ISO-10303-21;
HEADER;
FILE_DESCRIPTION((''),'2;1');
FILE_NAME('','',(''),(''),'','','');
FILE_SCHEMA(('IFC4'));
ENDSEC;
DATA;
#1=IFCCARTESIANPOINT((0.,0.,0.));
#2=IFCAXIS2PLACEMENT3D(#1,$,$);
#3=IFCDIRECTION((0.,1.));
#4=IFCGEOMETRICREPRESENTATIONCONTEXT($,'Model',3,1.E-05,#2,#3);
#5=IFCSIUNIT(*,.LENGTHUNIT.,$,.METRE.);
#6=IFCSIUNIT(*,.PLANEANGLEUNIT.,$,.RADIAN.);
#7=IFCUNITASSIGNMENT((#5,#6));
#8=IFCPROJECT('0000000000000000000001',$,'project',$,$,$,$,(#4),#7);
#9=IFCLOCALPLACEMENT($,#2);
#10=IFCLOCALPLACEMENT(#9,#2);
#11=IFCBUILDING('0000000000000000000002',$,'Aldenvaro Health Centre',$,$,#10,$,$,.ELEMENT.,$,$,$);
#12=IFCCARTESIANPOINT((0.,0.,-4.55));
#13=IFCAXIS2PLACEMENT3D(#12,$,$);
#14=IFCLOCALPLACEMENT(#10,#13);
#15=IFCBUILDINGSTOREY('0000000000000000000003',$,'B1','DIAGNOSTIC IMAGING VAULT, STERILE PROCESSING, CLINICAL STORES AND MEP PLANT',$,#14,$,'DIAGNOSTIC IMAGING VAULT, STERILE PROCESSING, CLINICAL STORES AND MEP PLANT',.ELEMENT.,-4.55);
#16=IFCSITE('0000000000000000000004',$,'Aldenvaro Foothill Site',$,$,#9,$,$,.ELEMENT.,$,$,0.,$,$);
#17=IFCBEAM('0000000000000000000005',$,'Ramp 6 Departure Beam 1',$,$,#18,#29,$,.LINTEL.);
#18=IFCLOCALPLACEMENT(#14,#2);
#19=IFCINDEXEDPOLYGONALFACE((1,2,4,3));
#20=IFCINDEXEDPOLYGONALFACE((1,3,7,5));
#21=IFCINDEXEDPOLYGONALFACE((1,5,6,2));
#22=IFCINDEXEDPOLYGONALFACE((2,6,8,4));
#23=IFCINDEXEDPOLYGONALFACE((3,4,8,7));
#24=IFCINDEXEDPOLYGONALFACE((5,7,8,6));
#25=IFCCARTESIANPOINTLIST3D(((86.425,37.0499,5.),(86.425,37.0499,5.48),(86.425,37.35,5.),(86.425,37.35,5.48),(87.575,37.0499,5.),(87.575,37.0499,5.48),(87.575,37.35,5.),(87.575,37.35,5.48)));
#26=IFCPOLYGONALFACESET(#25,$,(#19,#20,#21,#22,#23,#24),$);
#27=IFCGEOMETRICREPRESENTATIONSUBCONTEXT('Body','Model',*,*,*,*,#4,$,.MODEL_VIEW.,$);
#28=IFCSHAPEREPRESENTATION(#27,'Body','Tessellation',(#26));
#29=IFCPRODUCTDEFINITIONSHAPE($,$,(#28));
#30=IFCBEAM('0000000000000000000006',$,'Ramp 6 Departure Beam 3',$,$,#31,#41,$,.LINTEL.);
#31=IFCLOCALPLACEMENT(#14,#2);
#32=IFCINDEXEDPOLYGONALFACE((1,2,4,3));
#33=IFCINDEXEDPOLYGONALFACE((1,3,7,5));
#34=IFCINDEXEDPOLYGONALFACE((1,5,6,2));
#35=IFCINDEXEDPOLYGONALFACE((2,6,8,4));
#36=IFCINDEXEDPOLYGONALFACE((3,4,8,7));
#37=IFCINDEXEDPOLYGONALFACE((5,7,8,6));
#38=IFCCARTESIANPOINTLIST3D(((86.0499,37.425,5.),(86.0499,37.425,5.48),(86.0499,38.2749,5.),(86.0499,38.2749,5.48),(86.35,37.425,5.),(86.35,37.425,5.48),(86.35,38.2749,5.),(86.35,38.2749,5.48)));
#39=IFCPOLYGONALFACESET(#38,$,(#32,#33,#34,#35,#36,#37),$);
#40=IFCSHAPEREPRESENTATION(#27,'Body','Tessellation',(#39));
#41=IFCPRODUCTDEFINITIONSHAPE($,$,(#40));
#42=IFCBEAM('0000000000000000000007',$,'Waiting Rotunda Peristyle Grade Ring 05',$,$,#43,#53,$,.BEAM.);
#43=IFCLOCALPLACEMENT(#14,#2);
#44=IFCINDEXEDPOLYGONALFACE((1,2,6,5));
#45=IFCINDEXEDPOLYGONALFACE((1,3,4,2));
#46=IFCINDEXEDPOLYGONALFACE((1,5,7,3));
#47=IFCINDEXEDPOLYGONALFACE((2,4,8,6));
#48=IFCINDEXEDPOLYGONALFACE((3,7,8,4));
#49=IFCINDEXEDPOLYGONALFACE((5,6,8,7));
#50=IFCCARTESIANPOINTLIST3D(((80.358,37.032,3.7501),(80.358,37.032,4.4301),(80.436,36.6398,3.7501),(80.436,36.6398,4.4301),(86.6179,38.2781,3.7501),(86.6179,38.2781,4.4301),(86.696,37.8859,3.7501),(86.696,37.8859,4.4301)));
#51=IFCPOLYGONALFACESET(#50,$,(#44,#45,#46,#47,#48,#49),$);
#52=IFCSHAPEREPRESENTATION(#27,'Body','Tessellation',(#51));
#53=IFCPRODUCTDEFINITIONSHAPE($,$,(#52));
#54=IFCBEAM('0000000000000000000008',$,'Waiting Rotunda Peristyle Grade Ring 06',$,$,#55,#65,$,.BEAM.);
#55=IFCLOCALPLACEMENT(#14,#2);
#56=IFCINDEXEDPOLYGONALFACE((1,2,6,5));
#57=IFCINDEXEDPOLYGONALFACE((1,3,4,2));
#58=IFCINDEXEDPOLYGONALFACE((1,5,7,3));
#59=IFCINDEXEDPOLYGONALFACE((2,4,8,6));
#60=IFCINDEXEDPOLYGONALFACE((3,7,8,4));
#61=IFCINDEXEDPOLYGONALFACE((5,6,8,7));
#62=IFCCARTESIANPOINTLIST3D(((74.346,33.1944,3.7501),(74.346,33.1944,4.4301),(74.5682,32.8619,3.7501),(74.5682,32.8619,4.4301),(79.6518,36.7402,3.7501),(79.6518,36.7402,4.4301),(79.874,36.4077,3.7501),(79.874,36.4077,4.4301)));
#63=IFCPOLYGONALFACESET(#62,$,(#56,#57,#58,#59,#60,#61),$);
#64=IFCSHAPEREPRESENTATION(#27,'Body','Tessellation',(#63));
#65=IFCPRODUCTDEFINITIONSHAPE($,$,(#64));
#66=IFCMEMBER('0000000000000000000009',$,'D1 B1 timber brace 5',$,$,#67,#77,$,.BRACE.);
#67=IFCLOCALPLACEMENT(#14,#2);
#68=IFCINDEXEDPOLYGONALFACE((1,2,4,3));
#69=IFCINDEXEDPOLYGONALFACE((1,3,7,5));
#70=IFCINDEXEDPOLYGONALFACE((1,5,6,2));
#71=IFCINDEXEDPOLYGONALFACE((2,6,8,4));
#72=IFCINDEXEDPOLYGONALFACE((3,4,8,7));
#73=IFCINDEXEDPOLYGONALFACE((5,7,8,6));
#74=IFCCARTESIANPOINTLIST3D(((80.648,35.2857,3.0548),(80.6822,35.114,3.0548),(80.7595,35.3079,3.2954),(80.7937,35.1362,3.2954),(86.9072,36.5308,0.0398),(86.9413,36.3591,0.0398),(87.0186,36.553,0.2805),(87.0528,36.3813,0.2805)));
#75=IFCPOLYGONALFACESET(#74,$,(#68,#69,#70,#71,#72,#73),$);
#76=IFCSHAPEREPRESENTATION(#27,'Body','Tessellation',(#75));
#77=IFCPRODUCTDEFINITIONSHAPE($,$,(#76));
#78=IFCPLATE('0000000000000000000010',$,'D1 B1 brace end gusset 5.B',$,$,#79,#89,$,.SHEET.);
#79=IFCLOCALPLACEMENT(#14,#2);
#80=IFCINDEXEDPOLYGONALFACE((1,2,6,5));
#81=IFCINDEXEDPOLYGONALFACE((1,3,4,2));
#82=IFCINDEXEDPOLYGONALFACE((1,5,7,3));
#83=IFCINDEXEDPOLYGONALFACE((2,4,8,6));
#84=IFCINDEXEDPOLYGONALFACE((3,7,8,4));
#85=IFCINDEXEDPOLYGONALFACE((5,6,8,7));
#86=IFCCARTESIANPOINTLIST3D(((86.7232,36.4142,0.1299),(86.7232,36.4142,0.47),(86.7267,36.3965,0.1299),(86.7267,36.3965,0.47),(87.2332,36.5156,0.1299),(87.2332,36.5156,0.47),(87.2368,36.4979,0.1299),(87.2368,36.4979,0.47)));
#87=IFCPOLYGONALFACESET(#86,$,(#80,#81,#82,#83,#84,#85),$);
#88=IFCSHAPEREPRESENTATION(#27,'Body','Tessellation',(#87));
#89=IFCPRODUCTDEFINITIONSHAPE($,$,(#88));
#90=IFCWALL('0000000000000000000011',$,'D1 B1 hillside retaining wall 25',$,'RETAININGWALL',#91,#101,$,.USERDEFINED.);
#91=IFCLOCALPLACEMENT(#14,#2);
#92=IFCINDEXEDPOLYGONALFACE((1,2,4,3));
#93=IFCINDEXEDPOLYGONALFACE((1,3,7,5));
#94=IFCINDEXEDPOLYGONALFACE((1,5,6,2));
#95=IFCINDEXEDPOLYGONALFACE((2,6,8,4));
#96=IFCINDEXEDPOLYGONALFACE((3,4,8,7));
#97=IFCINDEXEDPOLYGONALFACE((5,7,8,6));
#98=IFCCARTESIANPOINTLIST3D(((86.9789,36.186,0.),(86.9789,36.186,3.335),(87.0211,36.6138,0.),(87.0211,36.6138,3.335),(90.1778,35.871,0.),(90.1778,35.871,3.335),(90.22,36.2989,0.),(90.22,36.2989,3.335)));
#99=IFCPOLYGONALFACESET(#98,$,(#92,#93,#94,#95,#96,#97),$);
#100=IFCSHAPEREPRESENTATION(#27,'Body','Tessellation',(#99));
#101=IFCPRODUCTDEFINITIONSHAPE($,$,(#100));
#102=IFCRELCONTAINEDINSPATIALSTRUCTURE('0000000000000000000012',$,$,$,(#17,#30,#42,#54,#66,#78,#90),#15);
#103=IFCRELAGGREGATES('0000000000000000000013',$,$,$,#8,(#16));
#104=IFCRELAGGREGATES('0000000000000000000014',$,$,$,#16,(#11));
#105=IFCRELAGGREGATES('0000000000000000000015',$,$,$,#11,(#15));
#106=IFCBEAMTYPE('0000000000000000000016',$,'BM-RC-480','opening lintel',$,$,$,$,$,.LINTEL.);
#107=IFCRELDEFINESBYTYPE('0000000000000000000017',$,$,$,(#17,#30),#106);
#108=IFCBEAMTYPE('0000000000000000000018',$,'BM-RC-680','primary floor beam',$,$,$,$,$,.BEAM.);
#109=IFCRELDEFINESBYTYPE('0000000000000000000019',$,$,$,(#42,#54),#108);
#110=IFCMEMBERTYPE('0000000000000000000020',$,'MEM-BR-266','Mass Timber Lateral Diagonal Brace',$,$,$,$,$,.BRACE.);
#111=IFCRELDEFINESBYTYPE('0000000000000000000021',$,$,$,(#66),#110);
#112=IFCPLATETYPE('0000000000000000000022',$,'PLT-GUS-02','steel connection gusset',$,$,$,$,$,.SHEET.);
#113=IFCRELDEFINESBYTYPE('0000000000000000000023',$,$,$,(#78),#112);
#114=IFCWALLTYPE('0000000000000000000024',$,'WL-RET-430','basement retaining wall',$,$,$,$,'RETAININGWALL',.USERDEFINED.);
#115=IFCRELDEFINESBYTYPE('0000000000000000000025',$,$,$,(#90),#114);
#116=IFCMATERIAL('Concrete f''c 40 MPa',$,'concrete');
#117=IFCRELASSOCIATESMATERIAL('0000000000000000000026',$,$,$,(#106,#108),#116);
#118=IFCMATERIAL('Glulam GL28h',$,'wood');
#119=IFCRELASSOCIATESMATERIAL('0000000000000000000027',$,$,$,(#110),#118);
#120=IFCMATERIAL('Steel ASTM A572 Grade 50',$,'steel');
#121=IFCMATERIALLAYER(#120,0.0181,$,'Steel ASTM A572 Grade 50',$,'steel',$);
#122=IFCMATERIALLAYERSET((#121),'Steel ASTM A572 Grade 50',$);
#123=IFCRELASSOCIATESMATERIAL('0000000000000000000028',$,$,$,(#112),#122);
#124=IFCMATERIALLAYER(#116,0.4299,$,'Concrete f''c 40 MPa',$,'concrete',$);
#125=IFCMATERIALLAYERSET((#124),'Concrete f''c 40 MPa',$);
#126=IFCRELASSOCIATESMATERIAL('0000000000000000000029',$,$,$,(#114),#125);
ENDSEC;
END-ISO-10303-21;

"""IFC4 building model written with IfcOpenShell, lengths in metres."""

from ifc_helpers import new_model, si_unit, direction, frame, frame_2d, origin, origin_2d, place, context, subcontext, project, spatial, rectangle, extrude, material, layer, layer_set, material_profile, profile_set, type_object, element, save


model = new_model("IFC4")

# Units and contexts
model_context = context("Model", 3, precision=1e-05, world=origin(), true_north=direction((0.0, 1.0)))
body_context = subcontext(model_context, "Body", "Model", "MODEL_VIEW")
ifc_project = project(units=[si_unit("LENGTHUNIT", "METRE"), si_unit("PLANEANGLEUNIT", "RADIAN")], contexts=[model_context])

# Site, building, storey
site_placement = place(None, origin())
site = spatial("IfcSite", under=ifc_project, at=site_placement, Name="Aldenvaro Foothill Site", CompositionType="ELEMENT", RefElevation=0.0)
building_placement = place(site_placement, origin())
building = spatial("IfcBuilding", under=site, at=building_placement, Name="Aldenvaro Health Centre", CompositionType="ELEMENT")
storey_placement = place(building_placement, frame((0.0, 0.0, -4.55)))
storey = spatial("IfcBuildingStorey", under=building, at=storey_placement, Name="B1", Description="DIAGNOSTIC IMAGING VAULT, STERILE PROCESSING, CLINICAL STORES AND MEP PLANT", LongName="DIAGNOSTIC IMAGING VAULT, STERILE PROCESSING, CLINICAL STORES AND MEP PLANT", CompositionType="ELEMENT", Elevation=-4.55)

# Shared definitions
ifc_material_1 = material(Name="Concrete f'c 40 MPa", Category="concrete")

# Beams
ifc_material_profile_1 = material_profile(ifc_material_1, rectangle(XDim=0.3, YDim=0.48, at=origin_2d()), Name="RC 300x480", Category="concrete")
ifc_profile_set_1 = profile_set([ifc_material_profile_1], Name="Concrete f'c 40 MPa")
beam_type_1 = type_object("IfcBeamType", Name="BM-RC-480", Description="opening lintel", PredefinedType="LINTEL", material=ifc_profile_set_1)
beam_1_placement = place(storey_placement, frame((86.425, 37.2, 5.24), z_axis=(1.0, 0.0, 0.0), x_axis=(0.0, 1.0, 0.0)))
element("IfcBeam", 1, at=beam_1_placement, inside=storey, type_object=beam_type_1, Name="Ramp 6 Departure Beam 1", PredefinedType="LINTEL", context=body_context, shape_type="SweptSolid", body=[
    extrude(rectangle(XDim=0.3, YDim=0.48, at=origin_2d()), origin(), (0.0, 0.0, 1.0), 1.1499),
])
beam_2_placement = place(storey_placement, frame((86.2, 37.425, 5.24), z_axis=(0.0, 1.0, 0.0), x_axis=(-1.0, 0.0, 0.0)))
element("IfcBeam", 2, at=beam_2_placement, inside=storey, type_object=beam_type_1, Name="Ramp 6 Departure Beam 3", PredefinedType="LINTEL", context=body_context, shape_type="SweptSolid", body=[
    extrude(rectangle(XDim=0.3, YDim=0.48, at=origin_2d()), origin(), (0.0, 0.0, 1.0), 0.8499),
])
ifc_material_profile_2 = material_profile(ifc_material_1, rectangle(XDim=0.3999, YDim=0.6799, at=origin_2d()), Name="RC 400x680", Category="concrete")
ifc_profile_set_2 = profile_set([ifc_material_profile_2], Name="Concrete f'c 40 MPa")
beam_type_2 = type_object("IfcBeamType", Name="BM-RC-680", Description="primary floor beam", PredefinedType="BEAM", material=ifc_profile_set_2)
beam_3_placement = place(storey_placement, frame((86.657, 38.082, 4.0901), z_axis=(-0.980758, -0.195226, 0.0), x_axis=(0.195226, -0.980758, 0.0)))
element("IfcBeam", 3, at=beam_3_placement, inside=storey, type_object=beam_type_2, Name="Waiting Rotunda Peristyle Grade Ring 05", PredefinedType="BEAM", context=body_context, shape_type="SweptSolid", body=[
    extrude(rectangle(XDim=0.3999, YDim=0.6799, at=origin_2d()), origin(), (0.0, 0.0, 1.0), 6.3828),
])
beam_4_placement = place(storey_placement, frame((79.7629, 36.574, 4.0901), z_axis=(-0.831426, -0.555636, 0.0), x_axis=(0.555636, -0.831426, 0.0)))
element("IfcBeam", 4, at=beam_4_placement, inside=storey, type_object=beam_type_2, Name="Waiting Rotunda Peristyle Grade Ring 06", PredefinedType="BEAM", context=body_context, shape_type="SweptSolid", body=[
    extrude(rectangle(XDim=0.3999, YDim=0.6799, at=origin_2d()), origin(), (0.0, 0.0, 1.0), 6.3816),
])

# Member
ifc_material_2 = material(Name="Glulam GL28h", Category="wood")
ifc_material_profile_3 = material_profile(ifc_material_2, rectangle(XDim=0.175, YDim=0.2661, at=origin_2d()), Name="GL 175x266", Category="wood")
ifc_profile_set_3 = profile_set([ifc_material_profile_3], Name="Glulam GL28h")
member_type = type_object("IfcMemberType", Name="MEM-BR-266", Description="Mass Timber Lateral Diagonal Brace", PredefinedType="BRACE", material=ifc_profile_set_3)
member_placement = place(storey_placement, frame((86.98, 36.4561, 0.1602), z_axis=(-0.8868, -0.176412, 0.42716), x_axis=(0.195108, -0.980782, 0.0)))
element("IfcMember", 5, at=member_placement, inside=storey, type_object=member_type, Name="D1 B1 timber brace 5", PredefinedType="BRACE", context=body_context, shape_type="SweptSolid", body=[
    extrude(rectangle(XDim=0.175, YDim=0.2661, at=origin_2d()), origin(), (0.0, 0.0, 1.0), 7.0581),
])

# Plate
ifc_material_3 = material(Name="Steel ASTM A572 Grade 50", Category="steel")
ifc_layer_1 = layer(ifc_material_3, 0.0181, Name="Steel ASTM A572 Grade 50", Category="steel")
ifc_layer_set_1 = layer_set([ifc_layer_1], Name="Steel ASTM A572 Grade 50")
plate_type = type_object("IfcPlateType", Name="PLT-GUS-02", Description="steel connection gusset", PredefinedType="SHEET", material=ifc_layer_set_1)
plate_placement = place(storey_placement, frame((86.98, 36.4561, 0.1299), z_axis=(0.0, 0.0, 1.0), x_axis=(-0.980785, -0.19509, 0.0)))
element("IfcPlate", 6, at=plate_placement, inside=storey, type_object=plate_type, Name="D1 B1 brace end gusset 5.B", PredefinedType="SHEET", context=body_context, shape_type="SweptSolid", body=[
    extrude(rectangle(XDim=0.52, YDim=0.0181, at=origin_2d()), origin(), (0.0, 0.0, 1.0), 0.3401),
])

# Wall
ifc_layer_2 = layer(ifc_material_1, 0.4299, Name="Concrete f'c 40 MPa", Category="concrete")
ifc_layer_set_2 = layer_set([ifc_layer_2], Name="Concrete f'c 40 MPa")
wall_type = type_object("IfcWallType", Name="WL-RET-430", Description="basement retaining wall", ElementType="RETAININGWALL", PredefinedType="USERDEFINED", material=ifc_layer_set_2)
wall_placement = place(storey_placement, frame((87.0, 36.3999, 0.0), z_axis=(0.0, 0.0, 1.0), x_axis=(0.995189, -0.097977, 0.0)))
element("IfcWall", 7, at=wall_placement, inside=storey, type_object=wall_type, Name="D1 B1 hillside retaining wall 25", ObjectType="RETAININGWALL", PredefinedType="USERDEFINED", context=body_context, shape_type="SweptSolid", body=[
    extrude(rectangle(XDim=3.2144, YDim=0.4299, at=frame_2d((1.6072, 0.0))), origin(), (0.0, 0.0, 1.0), 3.335),
])

save(model, "model.ifc")
